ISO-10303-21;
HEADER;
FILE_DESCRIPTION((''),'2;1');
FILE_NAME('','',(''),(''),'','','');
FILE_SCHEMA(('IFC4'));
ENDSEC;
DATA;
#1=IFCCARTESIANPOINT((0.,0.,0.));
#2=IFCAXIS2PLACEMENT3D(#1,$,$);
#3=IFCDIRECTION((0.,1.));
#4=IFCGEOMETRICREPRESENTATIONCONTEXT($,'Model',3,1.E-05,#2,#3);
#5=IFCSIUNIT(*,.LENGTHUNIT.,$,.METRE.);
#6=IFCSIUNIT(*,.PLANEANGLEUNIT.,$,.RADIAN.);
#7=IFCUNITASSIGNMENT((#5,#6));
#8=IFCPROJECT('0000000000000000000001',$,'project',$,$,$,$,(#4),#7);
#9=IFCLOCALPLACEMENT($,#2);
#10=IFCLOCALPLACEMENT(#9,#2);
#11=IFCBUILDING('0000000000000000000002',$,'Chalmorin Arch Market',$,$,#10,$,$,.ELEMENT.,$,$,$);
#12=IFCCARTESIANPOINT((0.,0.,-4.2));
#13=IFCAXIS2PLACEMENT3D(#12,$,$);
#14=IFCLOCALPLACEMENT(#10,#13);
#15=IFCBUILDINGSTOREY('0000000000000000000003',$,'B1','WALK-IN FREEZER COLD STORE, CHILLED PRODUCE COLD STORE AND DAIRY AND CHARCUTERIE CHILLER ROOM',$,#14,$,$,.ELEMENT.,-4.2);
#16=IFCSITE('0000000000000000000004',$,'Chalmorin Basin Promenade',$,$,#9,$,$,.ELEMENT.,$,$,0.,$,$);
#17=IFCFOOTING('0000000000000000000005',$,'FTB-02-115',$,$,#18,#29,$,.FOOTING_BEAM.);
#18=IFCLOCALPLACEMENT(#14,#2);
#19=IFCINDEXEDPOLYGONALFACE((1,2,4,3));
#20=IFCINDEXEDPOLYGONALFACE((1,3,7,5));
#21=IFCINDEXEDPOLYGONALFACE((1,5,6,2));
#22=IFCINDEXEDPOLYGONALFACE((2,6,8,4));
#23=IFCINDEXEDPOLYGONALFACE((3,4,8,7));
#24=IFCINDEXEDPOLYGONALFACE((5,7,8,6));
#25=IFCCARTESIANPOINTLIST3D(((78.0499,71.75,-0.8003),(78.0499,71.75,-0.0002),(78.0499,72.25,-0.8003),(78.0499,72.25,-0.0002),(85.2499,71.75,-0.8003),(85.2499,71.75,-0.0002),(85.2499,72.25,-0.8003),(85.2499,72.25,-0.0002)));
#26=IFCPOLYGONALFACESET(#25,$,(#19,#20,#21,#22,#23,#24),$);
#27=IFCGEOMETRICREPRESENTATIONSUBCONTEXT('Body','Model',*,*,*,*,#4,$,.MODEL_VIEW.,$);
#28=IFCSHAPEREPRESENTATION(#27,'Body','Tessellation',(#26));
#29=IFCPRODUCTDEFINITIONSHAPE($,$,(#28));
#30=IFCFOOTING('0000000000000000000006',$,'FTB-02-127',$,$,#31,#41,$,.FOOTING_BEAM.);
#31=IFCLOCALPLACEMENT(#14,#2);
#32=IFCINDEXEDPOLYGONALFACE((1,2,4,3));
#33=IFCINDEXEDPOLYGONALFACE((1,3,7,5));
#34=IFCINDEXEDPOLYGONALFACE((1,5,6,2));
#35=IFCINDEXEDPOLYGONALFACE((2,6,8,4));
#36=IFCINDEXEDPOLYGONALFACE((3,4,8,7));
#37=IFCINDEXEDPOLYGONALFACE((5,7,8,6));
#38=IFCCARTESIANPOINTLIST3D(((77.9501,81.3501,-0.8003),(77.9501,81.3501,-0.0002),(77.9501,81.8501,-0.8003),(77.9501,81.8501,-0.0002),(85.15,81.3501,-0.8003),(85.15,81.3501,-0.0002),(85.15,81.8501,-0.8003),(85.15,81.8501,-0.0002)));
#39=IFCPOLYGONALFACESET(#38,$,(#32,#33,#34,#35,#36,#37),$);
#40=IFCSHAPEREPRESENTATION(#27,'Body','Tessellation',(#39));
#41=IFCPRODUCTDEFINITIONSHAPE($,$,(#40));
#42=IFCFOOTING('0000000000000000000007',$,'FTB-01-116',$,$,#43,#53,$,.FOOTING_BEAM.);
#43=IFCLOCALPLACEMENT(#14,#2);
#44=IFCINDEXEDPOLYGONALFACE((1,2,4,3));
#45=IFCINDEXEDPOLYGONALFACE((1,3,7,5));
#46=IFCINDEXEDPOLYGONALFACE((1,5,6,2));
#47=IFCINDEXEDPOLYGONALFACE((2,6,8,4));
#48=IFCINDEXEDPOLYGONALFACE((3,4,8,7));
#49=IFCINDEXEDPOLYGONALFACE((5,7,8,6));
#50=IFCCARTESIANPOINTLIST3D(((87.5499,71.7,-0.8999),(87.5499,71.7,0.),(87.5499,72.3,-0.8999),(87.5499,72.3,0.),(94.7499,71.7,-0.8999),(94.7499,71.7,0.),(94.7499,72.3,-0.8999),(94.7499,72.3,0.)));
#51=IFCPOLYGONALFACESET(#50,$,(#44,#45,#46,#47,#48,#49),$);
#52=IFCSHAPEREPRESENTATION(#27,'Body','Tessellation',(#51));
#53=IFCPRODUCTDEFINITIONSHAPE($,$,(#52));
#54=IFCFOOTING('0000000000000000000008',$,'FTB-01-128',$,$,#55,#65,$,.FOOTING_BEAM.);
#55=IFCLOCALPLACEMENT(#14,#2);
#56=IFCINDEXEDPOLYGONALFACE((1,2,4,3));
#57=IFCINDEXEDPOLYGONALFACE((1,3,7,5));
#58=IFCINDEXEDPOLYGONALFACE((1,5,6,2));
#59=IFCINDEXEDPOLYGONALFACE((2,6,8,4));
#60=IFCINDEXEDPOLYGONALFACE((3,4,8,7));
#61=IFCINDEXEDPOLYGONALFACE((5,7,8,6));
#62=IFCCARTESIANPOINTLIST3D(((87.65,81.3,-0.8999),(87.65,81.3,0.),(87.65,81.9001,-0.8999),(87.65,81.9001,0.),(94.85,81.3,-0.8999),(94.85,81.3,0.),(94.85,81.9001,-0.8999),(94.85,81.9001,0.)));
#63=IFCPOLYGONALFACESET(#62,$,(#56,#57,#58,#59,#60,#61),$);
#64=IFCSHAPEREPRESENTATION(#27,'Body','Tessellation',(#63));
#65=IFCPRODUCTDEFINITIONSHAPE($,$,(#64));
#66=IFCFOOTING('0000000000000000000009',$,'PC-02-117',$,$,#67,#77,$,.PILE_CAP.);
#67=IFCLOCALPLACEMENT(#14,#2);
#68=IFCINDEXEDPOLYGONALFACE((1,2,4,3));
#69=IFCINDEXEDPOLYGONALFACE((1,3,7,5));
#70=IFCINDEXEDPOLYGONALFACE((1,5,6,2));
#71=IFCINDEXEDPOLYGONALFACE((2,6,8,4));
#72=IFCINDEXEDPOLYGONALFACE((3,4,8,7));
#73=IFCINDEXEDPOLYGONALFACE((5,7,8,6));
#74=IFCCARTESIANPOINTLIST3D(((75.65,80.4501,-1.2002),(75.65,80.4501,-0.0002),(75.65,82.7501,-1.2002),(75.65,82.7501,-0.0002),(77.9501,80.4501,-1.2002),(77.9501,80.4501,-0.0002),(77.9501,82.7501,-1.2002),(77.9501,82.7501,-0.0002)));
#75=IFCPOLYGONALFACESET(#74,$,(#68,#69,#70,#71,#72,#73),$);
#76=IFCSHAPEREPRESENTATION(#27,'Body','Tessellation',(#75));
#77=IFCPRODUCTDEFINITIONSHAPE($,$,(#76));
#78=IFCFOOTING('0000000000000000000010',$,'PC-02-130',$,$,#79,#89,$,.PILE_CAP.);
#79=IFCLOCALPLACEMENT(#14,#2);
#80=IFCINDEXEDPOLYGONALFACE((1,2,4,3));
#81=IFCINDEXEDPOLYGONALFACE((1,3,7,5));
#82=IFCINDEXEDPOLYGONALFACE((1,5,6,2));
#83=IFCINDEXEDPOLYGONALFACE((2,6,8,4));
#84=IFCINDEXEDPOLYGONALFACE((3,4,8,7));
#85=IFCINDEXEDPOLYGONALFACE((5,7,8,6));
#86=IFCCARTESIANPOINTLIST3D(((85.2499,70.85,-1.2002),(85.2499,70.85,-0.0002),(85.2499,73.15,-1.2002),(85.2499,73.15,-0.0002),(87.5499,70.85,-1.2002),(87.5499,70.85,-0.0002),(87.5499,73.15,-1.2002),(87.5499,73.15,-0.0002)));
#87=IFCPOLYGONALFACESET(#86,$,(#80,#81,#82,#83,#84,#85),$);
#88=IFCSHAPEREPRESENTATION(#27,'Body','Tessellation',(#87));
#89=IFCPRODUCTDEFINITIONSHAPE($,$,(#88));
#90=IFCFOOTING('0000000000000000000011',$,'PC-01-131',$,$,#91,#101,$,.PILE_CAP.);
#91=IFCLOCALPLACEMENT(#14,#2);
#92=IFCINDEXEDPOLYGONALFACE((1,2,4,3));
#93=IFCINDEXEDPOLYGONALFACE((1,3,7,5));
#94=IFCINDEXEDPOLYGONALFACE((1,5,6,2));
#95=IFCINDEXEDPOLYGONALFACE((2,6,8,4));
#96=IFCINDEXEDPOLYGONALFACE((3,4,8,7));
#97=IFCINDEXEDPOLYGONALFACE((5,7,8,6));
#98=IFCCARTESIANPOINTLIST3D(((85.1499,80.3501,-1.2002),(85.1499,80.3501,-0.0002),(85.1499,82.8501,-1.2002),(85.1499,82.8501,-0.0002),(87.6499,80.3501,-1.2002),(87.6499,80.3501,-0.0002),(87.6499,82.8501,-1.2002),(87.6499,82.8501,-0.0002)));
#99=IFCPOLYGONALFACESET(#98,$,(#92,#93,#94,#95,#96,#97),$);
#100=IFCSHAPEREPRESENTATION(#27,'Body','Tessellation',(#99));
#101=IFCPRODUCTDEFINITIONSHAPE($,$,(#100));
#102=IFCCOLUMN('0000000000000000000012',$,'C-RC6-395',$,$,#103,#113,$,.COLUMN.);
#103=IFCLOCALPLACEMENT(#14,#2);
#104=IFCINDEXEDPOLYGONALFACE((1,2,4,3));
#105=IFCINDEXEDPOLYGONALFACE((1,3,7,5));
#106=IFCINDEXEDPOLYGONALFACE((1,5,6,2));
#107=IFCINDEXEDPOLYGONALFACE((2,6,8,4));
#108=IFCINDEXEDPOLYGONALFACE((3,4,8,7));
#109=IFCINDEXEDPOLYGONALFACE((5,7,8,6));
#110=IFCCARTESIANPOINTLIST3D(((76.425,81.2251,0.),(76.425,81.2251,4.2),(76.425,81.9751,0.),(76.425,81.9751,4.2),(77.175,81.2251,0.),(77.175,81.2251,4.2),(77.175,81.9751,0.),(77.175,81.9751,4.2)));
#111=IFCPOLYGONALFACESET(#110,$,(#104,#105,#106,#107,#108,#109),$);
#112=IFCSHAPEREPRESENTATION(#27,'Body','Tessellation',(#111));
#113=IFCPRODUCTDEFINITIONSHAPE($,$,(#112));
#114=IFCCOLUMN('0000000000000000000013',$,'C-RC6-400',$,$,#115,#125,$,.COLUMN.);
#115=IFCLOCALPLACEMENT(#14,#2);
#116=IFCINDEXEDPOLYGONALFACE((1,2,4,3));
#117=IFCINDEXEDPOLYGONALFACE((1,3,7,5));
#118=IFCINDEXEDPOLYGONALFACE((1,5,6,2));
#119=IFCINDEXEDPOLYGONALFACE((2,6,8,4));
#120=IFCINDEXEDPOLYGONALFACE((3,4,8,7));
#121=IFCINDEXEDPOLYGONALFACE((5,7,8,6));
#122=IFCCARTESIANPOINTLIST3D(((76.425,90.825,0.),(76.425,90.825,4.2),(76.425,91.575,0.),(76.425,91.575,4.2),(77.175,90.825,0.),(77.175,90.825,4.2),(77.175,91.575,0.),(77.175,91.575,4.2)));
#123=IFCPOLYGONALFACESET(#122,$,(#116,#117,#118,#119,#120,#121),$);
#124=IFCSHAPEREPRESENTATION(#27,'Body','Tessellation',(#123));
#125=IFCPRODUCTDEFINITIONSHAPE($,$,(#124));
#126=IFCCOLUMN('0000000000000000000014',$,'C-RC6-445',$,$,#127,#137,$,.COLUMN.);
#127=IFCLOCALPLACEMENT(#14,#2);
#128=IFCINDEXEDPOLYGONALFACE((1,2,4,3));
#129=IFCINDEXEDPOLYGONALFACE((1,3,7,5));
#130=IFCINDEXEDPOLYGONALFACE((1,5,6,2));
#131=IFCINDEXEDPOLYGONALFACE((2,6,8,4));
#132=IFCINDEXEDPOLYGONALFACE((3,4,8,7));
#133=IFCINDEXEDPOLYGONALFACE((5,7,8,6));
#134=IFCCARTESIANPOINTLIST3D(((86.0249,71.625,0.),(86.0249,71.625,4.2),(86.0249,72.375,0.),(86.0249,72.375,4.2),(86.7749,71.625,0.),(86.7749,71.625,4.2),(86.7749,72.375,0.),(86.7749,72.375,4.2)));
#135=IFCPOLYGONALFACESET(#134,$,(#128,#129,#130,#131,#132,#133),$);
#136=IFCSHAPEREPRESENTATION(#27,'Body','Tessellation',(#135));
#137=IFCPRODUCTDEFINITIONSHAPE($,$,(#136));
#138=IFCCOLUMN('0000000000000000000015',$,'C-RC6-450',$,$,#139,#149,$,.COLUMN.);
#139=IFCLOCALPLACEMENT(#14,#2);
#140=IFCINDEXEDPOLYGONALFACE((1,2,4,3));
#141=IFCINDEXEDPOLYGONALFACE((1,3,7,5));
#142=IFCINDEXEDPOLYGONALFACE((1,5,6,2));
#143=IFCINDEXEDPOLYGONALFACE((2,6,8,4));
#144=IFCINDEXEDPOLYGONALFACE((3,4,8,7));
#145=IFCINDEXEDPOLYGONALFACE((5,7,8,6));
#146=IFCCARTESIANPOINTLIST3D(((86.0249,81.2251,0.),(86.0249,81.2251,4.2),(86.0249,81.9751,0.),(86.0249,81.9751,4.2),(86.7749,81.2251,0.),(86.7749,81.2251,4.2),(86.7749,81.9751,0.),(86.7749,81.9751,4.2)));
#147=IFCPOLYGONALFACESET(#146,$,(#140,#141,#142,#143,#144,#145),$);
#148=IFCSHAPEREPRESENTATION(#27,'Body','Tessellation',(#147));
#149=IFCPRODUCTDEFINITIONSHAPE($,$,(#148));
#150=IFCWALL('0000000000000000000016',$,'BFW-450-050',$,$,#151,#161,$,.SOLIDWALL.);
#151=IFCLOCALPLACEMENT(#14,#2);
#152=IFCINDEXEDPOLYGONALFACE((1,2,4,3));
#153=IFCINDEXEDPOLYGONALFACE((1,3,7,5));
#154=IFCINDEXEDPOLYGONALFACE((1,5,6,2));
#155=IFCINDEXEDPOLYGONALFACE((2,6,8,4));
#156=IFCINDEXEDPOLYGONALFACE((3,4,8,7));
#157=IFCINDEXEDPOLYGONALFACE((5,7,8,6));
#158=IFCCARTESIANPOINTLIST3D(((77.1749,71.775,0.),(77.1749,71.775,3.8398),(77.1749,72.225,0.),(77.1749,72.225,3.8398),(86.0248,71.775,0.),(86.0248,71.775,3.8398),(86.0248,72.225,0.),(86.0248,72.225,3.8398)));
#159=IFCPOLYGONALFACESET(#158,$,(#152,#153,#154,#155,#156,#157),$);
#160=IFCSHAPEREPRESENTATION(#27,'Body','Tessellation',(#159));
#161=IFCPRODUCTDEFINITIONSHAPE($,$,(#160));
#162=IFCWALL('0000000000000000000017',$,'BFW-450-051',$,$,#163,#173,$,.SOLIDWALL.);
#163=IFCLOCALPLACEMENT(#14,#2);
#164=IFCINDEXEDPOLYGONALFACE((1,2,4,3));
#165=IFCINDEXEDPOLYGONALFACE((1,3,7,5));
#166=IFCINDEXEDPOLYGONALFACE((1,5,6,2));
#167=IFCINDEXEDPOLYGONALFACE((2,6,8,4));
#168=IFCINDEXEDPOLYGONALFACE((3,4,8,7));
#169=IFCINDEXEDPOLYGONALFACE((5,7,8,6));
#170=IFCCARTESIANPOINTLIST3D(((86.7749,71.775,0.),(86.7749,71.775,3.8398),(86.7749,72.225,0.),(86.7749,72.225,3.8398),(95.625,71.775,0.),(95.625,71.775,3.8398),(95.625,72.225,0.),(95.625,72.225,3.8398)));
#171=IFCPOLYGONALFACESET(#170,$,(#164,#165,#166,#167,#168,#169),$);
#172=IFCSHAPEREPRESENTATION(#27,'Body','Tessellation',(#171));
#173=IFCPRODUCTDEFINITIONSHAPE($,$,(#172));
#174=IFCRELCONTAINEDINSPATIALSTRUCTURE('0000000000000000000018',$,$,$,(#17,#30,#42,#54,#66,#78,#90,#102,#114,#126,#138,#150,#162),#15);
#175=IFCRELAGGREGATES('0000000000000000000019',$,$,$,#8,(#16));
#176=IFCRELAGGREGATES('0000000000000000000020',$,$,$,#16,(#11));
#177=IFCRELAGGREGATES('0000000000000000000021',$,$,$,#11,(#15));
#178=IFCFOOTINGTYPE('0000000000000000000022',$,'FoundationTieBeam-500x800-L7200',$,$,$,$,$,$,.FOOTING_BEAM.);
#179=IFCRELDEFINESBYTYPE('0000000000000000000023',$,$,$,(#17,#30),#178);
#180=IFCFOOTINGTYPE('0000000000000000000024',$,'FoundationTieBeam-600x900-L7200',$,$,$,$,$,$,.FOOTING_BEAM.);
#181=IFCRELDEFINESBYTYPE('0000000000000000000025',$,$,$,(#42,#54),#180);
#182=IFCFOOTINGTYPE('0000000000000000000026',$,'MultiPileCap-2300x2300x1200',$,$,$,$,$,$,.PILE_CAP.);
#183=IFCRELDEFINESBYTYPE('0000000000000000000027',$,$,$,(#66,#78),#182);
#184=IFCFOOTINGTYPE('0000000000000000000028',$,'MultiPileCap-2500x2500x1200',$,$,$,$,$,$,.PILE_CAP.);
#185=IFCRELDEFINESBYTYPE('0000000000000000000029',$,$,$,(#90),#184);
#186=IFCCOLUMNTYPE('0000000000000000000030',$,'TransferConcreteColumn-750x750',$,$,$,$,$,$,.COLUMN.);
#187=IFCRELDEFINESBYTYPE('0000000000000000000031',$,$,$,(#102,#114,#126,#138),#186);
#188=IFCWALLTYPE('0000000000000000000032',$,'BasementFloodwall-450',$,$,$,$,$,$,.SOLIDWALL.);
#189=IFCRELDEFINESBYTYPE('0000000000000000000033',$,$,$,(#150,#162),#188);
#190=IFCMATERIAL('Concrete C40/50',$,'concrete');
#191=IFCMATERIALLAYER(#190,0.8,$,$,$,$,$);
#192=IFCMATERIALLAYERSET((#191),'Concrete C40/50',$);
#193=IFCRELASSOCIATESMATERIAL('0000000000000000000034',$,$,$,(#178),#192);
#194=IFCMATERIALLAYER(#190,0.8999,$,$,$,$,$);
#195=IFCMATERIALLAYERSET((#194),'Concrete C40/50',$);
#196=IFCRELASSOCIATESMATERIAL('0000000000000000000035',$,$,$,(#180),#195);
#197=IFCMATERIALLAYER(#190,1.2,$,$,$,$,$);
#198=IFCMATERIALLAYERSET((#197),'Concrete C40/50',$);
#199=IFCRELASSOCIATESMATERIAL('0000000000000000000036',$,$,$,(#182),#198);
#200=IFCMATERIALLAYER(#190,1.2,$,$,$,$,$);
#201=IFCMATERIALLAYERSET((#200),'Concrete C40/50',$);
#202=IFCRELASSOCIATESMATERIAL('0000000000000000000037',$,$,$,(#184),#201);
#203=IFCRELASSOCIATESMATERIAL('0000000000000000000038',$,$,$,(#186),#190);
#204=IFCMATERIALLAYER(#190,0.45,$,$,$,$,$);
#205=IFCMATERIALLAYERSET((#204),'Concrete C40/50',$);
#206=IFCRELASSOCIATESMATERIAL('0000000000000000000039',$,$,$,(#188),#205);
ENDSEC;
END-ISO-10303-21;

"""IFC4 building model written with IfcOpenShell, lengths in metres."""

from ifc_helpers import new_model, si_unit, direction, frame, frame_2d, origin, origin_2d, place, context, subcontext, project, spatial, rectangle, extrude, material, layer, layer_set, material_profile, profile_set, type_object, element, save


model = new_model("IFC4")

# Units and contexts
model_context = context("Model", 3, precision=1e-05, world=origin(), true_north=direction((0.0, 1.0)))
body_context = subcontext(model_context, "Body", "Model", "MODEL_VIEW")
ifc_project = project(units=[si_unit("LENGTHUNIT", "METRE"), si_unit("PLANEANGLEUNIT", "RADIAN")], contexts=[model_context])

# Site, building, storey
site_placement = place(None, origin())
site = spatial("IfcSite", under=ifc_project, at=site_placement, Name="Chalmorin Basin Promenade", CompositionType="ELEMENT", RefElevation=0.0)
building_placement = place(site_placement, origin())
building = spatial("IfcBuilding", under=site, at=building_placement, Name="Chalmorin Arch Market", CompositionType="ELEMENT")
storey_placement = place(building_placement, frame((0.0, 0.0, -4.2)))
storey = spatial("IfcBuildingStorey", under=building, at=storey_placement, Name="B1", Description="WALK-IN FREEZER COLD STORE, CHILLED PRODUCE COLD STORE AND DAIRY AND CHARCUTERIE CHILLER ROOM", CompositionType="ELEMENT", Elevation=-4.2)

# Footings
ifc_material_1 = material(Name="Concrete C40/50", Category="concrete")
ifc_layer_1 = layer(ifc_material_1, 0.8)
ifc_layer_set_1 = layer_set([ifc_layer_1], Name="Concrete C40/50")
footing_type_1 = type_object("IfcFootingType", Name="FoundationTieBeam-500x800-L7200", PredefinedType="FOOTING_BEAM", material=ifc_layer_set_1)
for number, where, z_axis, x_axis, name in (
    (1, (81.6499, 72.0, -0.8003), (0.0, 0.0, 1.0), (1.0, 0.0, 0.0), "FTB-02-115"),
    (2, (81.55, 81.6001, -0.8003), (0.0, 0.0, 1.0), (1.0, 0.0, 0.0), "FTB-02-127"),
):
    element("IfcFooting", number, at=place(storey_placement, frame(where, z_axis=z_axis, x_axis=x_axis)), inside=storey, type_object=footing_type_1, Name=name, PredefinedType="FOOTING_BEAM", context=body_context, shape_type="SweptSolid", body=[
        extrude(rectangle(XDim=7.2, YDim=0.5, at=origin_2d()), origin(), (0.0, 0.0, 1.0), 0.8),
    ])
ifc_layer_2 = layer(ifc_material_1, 0.8999)
ifc_layer_set_2 = layer_set([ifc_layer_2], Name="Concrete C40/50")
footing_type_2 = type_object("IfcFootingType", Name="FoundationTieBeam-600x900-L7200", PredefinedType="FOOTING_BEAM", material=ifc_layer_set_2)
for number, where, z_axis, x_axis, name in (
    (3, (91.1499, 72.0, -0.8999), (0.0, 0.0, 1.0), (1.0, 0.0, 0.0), "FTB-01-116"),
    (4, (91.25, 81.6001, -0.8999), (0.0, 0.0, 1.0), (1.0, 0.0, 0.0), "FTB-01-128"),
):
    element("IfcFooting", number, at=place(storey_placement, frame(where, z_axis=z_axis, x_axis=x_axis)), inside=storey, type_object=footing_type_2, Name=name, PredefinedType="FOOTING_BEAM", context=body_context, shape_type="SweptSolid", body=[
        extrude(rectangle(XDim=7.2, YDim=0.6001, at=origin_2d()), origin(), (0.0, 0.0, 1.0), 0.8999),
    ])
ifc_layer_3 = layer(ifc_material_1, 1.2)
ifc_layer_set_3 = layer_set([ifc_layer_3], Name="Concrete C40/50")
footing_type_3 = type_object("IfcFootingType", Name="MultiPileCap-2300x2300x1200", PredefinedType="PILE_CAP", material=ifc_layer_set_3)
for number, where, z_axis, x_axis, name in (
    (5, (76.8, 81.6001, -1.2002), (0.0, 0.0, 1.0), (1.0, 0.0, 0.0), "PC-02-117"),
    (6, (86.3999, 72.0, -1.2002), (0.0, 0.0, 1.0), (1.0, 0.0, 0.0), "PC-02-130"),
):
    element("IfcFooting", number, at=place(storey_placement, frame(where, z_axis=z_axis, x_axis=x_axis)), inside=storey, type_object=footing_type_3, Name=name, PredefinedType="PILE_CAP", context=body_context, shape_type="SweptSolid", body=[
        extrude(rectangle(XDim=2.3, YDim=2.3, at=origin_2d()), origin(), (0.0, 0.0, 1.0), 1.2),
    ])
ifc_layer_4 = layer(ifc_material_1, 1.2)
ifc_layer_set_4 = layer_set([ifc_layer_4], Name="Concrete C40/50")
footing_type_4 = type_object("IfcFootingType", Name="MultiPileCap-2500x2500x1200", PredefinedType="PILE_CAP", material=ifc_layer_set_4)
footing_placement = place(storey_placement, frame((86.3999, 81.6001, -1.2002), z_axis=(0.0, 0.0, 1.0), x_axis=(1.0, 0.0, 0.0)))
element("IfcFooting", 7, at=footing_placement, inside=storey, type_object=footing_type_4, Name="PC-01-131", PredefinedType="PILE_CAP", context=body_context, shape_type="SweptSolid", body=[
    extrude(rectangle(XDim=2.5, YDim=2.5, at=origin_2d()), origin(), (0.0, 0.0, 1.0), 1.2),
])

# Columns
ifc_material_profile_1 = material_profile(ifc_material_1, rectangle(XDim=0.75, YDim=0.75, at=origin_2d()), Name="RC750X750")
ifc_profile_set_1 = profile_set([ifc_material_profile_1], Name="Concrete C40/50")
column_type = type_object("IfcColumnType", Name="TransferConcreteColumn-750x750", PredefinedType="COLUMN", material=ifc_profile_set_1)
for number, where, z_axis, x_axis, name in (
    (8, (76.8, 81.6001, 0.0), (0.0, 0.0, 1.0), (1.0, 0.0, 0.0), "C-RC6-395"),
    (9, (76.8, 91.2, 0.0), (0.0, 0.0, 1.0), (1.0, 0.0, 0.0), "C-RC6-400"),
    (10, (86.3999, 72.0, 0.0), (0.0, 0.0, 1.0), (1.0, 0.0, 0.0), "C-RC6-445"),
    (11, (86.3999, 81.6001, 0.0), (0.0, 0.0, 1.0), (1.0, 0.0, 0.0), "C-RC6-450"),
):
    element("IfcColumn", number, at=place(storey_placement, frame(where, z_axis=z_axis, x_axis=x_axis)), inside=storey, type_object=column_type, Name=name, PredefinedType="COLUMN", context=body_context, shape_type="SweptSolid", body=[
        extrude(rectangle(XDim=0.75, YDim=0.75, at=origin_2d()), origin(), (0.0, 0.0, 1.0), 4.2),
    ])

# Walls
ifc_layer_5 = layer(ifc_material_1, 0.45)
ifc_layer_set_5 = layer_set([ifc_layer_5], Name="Concrete C40/50")
wall_type_1 = type_object("IfcWallType", Name="BasementFloodwall-450", PredefinedType="SOLIDWALL", material=ifc_layer_set_5)
wall_1_placement = place(storey_placement, frame((77.175, 72.0, 0.0), z_axis=(0.0, 0.0, 1.0), x_axis=(1.0, 0.0, 0.0)))
element("IfcWall", 12, at=wall_1_placement, inside=storey, type_object=wall_type_1, Name="BFW-450-050", PredefinedType="SOLIDWALL", context=body_context, shape_type="SweptSolid", body=[
    extrude(rectangle(XDim=8.8499, YDim=0.45, at=frame_2d((4.4248, 0.0))), origin(), (0.0, 0.0, 1.0), 3.8398),
])
wall_2_placement = place(storey_placement, frame((86.7749, 72.0, 0.0), z_axis=(0.0, 0.0, 1.0), x_axis=(1.0, 0.0, 0.0)))
element("IfcWall", 13, at=wall_2_placement, inside=storey, type_object=wall_type_1, Name="BFW-450-051", PredefinedType="SOLIDWALL", context=body_context, shape_type="SweptSolid", body=[
    extrude(rectangle(XDim=8.8501, YDim=0.45, at=frame_2d((4.425, 0.0))), origin(), (0.0, 0.0, 1.0), 3.8398),
])

save(model, "model.ifc")
